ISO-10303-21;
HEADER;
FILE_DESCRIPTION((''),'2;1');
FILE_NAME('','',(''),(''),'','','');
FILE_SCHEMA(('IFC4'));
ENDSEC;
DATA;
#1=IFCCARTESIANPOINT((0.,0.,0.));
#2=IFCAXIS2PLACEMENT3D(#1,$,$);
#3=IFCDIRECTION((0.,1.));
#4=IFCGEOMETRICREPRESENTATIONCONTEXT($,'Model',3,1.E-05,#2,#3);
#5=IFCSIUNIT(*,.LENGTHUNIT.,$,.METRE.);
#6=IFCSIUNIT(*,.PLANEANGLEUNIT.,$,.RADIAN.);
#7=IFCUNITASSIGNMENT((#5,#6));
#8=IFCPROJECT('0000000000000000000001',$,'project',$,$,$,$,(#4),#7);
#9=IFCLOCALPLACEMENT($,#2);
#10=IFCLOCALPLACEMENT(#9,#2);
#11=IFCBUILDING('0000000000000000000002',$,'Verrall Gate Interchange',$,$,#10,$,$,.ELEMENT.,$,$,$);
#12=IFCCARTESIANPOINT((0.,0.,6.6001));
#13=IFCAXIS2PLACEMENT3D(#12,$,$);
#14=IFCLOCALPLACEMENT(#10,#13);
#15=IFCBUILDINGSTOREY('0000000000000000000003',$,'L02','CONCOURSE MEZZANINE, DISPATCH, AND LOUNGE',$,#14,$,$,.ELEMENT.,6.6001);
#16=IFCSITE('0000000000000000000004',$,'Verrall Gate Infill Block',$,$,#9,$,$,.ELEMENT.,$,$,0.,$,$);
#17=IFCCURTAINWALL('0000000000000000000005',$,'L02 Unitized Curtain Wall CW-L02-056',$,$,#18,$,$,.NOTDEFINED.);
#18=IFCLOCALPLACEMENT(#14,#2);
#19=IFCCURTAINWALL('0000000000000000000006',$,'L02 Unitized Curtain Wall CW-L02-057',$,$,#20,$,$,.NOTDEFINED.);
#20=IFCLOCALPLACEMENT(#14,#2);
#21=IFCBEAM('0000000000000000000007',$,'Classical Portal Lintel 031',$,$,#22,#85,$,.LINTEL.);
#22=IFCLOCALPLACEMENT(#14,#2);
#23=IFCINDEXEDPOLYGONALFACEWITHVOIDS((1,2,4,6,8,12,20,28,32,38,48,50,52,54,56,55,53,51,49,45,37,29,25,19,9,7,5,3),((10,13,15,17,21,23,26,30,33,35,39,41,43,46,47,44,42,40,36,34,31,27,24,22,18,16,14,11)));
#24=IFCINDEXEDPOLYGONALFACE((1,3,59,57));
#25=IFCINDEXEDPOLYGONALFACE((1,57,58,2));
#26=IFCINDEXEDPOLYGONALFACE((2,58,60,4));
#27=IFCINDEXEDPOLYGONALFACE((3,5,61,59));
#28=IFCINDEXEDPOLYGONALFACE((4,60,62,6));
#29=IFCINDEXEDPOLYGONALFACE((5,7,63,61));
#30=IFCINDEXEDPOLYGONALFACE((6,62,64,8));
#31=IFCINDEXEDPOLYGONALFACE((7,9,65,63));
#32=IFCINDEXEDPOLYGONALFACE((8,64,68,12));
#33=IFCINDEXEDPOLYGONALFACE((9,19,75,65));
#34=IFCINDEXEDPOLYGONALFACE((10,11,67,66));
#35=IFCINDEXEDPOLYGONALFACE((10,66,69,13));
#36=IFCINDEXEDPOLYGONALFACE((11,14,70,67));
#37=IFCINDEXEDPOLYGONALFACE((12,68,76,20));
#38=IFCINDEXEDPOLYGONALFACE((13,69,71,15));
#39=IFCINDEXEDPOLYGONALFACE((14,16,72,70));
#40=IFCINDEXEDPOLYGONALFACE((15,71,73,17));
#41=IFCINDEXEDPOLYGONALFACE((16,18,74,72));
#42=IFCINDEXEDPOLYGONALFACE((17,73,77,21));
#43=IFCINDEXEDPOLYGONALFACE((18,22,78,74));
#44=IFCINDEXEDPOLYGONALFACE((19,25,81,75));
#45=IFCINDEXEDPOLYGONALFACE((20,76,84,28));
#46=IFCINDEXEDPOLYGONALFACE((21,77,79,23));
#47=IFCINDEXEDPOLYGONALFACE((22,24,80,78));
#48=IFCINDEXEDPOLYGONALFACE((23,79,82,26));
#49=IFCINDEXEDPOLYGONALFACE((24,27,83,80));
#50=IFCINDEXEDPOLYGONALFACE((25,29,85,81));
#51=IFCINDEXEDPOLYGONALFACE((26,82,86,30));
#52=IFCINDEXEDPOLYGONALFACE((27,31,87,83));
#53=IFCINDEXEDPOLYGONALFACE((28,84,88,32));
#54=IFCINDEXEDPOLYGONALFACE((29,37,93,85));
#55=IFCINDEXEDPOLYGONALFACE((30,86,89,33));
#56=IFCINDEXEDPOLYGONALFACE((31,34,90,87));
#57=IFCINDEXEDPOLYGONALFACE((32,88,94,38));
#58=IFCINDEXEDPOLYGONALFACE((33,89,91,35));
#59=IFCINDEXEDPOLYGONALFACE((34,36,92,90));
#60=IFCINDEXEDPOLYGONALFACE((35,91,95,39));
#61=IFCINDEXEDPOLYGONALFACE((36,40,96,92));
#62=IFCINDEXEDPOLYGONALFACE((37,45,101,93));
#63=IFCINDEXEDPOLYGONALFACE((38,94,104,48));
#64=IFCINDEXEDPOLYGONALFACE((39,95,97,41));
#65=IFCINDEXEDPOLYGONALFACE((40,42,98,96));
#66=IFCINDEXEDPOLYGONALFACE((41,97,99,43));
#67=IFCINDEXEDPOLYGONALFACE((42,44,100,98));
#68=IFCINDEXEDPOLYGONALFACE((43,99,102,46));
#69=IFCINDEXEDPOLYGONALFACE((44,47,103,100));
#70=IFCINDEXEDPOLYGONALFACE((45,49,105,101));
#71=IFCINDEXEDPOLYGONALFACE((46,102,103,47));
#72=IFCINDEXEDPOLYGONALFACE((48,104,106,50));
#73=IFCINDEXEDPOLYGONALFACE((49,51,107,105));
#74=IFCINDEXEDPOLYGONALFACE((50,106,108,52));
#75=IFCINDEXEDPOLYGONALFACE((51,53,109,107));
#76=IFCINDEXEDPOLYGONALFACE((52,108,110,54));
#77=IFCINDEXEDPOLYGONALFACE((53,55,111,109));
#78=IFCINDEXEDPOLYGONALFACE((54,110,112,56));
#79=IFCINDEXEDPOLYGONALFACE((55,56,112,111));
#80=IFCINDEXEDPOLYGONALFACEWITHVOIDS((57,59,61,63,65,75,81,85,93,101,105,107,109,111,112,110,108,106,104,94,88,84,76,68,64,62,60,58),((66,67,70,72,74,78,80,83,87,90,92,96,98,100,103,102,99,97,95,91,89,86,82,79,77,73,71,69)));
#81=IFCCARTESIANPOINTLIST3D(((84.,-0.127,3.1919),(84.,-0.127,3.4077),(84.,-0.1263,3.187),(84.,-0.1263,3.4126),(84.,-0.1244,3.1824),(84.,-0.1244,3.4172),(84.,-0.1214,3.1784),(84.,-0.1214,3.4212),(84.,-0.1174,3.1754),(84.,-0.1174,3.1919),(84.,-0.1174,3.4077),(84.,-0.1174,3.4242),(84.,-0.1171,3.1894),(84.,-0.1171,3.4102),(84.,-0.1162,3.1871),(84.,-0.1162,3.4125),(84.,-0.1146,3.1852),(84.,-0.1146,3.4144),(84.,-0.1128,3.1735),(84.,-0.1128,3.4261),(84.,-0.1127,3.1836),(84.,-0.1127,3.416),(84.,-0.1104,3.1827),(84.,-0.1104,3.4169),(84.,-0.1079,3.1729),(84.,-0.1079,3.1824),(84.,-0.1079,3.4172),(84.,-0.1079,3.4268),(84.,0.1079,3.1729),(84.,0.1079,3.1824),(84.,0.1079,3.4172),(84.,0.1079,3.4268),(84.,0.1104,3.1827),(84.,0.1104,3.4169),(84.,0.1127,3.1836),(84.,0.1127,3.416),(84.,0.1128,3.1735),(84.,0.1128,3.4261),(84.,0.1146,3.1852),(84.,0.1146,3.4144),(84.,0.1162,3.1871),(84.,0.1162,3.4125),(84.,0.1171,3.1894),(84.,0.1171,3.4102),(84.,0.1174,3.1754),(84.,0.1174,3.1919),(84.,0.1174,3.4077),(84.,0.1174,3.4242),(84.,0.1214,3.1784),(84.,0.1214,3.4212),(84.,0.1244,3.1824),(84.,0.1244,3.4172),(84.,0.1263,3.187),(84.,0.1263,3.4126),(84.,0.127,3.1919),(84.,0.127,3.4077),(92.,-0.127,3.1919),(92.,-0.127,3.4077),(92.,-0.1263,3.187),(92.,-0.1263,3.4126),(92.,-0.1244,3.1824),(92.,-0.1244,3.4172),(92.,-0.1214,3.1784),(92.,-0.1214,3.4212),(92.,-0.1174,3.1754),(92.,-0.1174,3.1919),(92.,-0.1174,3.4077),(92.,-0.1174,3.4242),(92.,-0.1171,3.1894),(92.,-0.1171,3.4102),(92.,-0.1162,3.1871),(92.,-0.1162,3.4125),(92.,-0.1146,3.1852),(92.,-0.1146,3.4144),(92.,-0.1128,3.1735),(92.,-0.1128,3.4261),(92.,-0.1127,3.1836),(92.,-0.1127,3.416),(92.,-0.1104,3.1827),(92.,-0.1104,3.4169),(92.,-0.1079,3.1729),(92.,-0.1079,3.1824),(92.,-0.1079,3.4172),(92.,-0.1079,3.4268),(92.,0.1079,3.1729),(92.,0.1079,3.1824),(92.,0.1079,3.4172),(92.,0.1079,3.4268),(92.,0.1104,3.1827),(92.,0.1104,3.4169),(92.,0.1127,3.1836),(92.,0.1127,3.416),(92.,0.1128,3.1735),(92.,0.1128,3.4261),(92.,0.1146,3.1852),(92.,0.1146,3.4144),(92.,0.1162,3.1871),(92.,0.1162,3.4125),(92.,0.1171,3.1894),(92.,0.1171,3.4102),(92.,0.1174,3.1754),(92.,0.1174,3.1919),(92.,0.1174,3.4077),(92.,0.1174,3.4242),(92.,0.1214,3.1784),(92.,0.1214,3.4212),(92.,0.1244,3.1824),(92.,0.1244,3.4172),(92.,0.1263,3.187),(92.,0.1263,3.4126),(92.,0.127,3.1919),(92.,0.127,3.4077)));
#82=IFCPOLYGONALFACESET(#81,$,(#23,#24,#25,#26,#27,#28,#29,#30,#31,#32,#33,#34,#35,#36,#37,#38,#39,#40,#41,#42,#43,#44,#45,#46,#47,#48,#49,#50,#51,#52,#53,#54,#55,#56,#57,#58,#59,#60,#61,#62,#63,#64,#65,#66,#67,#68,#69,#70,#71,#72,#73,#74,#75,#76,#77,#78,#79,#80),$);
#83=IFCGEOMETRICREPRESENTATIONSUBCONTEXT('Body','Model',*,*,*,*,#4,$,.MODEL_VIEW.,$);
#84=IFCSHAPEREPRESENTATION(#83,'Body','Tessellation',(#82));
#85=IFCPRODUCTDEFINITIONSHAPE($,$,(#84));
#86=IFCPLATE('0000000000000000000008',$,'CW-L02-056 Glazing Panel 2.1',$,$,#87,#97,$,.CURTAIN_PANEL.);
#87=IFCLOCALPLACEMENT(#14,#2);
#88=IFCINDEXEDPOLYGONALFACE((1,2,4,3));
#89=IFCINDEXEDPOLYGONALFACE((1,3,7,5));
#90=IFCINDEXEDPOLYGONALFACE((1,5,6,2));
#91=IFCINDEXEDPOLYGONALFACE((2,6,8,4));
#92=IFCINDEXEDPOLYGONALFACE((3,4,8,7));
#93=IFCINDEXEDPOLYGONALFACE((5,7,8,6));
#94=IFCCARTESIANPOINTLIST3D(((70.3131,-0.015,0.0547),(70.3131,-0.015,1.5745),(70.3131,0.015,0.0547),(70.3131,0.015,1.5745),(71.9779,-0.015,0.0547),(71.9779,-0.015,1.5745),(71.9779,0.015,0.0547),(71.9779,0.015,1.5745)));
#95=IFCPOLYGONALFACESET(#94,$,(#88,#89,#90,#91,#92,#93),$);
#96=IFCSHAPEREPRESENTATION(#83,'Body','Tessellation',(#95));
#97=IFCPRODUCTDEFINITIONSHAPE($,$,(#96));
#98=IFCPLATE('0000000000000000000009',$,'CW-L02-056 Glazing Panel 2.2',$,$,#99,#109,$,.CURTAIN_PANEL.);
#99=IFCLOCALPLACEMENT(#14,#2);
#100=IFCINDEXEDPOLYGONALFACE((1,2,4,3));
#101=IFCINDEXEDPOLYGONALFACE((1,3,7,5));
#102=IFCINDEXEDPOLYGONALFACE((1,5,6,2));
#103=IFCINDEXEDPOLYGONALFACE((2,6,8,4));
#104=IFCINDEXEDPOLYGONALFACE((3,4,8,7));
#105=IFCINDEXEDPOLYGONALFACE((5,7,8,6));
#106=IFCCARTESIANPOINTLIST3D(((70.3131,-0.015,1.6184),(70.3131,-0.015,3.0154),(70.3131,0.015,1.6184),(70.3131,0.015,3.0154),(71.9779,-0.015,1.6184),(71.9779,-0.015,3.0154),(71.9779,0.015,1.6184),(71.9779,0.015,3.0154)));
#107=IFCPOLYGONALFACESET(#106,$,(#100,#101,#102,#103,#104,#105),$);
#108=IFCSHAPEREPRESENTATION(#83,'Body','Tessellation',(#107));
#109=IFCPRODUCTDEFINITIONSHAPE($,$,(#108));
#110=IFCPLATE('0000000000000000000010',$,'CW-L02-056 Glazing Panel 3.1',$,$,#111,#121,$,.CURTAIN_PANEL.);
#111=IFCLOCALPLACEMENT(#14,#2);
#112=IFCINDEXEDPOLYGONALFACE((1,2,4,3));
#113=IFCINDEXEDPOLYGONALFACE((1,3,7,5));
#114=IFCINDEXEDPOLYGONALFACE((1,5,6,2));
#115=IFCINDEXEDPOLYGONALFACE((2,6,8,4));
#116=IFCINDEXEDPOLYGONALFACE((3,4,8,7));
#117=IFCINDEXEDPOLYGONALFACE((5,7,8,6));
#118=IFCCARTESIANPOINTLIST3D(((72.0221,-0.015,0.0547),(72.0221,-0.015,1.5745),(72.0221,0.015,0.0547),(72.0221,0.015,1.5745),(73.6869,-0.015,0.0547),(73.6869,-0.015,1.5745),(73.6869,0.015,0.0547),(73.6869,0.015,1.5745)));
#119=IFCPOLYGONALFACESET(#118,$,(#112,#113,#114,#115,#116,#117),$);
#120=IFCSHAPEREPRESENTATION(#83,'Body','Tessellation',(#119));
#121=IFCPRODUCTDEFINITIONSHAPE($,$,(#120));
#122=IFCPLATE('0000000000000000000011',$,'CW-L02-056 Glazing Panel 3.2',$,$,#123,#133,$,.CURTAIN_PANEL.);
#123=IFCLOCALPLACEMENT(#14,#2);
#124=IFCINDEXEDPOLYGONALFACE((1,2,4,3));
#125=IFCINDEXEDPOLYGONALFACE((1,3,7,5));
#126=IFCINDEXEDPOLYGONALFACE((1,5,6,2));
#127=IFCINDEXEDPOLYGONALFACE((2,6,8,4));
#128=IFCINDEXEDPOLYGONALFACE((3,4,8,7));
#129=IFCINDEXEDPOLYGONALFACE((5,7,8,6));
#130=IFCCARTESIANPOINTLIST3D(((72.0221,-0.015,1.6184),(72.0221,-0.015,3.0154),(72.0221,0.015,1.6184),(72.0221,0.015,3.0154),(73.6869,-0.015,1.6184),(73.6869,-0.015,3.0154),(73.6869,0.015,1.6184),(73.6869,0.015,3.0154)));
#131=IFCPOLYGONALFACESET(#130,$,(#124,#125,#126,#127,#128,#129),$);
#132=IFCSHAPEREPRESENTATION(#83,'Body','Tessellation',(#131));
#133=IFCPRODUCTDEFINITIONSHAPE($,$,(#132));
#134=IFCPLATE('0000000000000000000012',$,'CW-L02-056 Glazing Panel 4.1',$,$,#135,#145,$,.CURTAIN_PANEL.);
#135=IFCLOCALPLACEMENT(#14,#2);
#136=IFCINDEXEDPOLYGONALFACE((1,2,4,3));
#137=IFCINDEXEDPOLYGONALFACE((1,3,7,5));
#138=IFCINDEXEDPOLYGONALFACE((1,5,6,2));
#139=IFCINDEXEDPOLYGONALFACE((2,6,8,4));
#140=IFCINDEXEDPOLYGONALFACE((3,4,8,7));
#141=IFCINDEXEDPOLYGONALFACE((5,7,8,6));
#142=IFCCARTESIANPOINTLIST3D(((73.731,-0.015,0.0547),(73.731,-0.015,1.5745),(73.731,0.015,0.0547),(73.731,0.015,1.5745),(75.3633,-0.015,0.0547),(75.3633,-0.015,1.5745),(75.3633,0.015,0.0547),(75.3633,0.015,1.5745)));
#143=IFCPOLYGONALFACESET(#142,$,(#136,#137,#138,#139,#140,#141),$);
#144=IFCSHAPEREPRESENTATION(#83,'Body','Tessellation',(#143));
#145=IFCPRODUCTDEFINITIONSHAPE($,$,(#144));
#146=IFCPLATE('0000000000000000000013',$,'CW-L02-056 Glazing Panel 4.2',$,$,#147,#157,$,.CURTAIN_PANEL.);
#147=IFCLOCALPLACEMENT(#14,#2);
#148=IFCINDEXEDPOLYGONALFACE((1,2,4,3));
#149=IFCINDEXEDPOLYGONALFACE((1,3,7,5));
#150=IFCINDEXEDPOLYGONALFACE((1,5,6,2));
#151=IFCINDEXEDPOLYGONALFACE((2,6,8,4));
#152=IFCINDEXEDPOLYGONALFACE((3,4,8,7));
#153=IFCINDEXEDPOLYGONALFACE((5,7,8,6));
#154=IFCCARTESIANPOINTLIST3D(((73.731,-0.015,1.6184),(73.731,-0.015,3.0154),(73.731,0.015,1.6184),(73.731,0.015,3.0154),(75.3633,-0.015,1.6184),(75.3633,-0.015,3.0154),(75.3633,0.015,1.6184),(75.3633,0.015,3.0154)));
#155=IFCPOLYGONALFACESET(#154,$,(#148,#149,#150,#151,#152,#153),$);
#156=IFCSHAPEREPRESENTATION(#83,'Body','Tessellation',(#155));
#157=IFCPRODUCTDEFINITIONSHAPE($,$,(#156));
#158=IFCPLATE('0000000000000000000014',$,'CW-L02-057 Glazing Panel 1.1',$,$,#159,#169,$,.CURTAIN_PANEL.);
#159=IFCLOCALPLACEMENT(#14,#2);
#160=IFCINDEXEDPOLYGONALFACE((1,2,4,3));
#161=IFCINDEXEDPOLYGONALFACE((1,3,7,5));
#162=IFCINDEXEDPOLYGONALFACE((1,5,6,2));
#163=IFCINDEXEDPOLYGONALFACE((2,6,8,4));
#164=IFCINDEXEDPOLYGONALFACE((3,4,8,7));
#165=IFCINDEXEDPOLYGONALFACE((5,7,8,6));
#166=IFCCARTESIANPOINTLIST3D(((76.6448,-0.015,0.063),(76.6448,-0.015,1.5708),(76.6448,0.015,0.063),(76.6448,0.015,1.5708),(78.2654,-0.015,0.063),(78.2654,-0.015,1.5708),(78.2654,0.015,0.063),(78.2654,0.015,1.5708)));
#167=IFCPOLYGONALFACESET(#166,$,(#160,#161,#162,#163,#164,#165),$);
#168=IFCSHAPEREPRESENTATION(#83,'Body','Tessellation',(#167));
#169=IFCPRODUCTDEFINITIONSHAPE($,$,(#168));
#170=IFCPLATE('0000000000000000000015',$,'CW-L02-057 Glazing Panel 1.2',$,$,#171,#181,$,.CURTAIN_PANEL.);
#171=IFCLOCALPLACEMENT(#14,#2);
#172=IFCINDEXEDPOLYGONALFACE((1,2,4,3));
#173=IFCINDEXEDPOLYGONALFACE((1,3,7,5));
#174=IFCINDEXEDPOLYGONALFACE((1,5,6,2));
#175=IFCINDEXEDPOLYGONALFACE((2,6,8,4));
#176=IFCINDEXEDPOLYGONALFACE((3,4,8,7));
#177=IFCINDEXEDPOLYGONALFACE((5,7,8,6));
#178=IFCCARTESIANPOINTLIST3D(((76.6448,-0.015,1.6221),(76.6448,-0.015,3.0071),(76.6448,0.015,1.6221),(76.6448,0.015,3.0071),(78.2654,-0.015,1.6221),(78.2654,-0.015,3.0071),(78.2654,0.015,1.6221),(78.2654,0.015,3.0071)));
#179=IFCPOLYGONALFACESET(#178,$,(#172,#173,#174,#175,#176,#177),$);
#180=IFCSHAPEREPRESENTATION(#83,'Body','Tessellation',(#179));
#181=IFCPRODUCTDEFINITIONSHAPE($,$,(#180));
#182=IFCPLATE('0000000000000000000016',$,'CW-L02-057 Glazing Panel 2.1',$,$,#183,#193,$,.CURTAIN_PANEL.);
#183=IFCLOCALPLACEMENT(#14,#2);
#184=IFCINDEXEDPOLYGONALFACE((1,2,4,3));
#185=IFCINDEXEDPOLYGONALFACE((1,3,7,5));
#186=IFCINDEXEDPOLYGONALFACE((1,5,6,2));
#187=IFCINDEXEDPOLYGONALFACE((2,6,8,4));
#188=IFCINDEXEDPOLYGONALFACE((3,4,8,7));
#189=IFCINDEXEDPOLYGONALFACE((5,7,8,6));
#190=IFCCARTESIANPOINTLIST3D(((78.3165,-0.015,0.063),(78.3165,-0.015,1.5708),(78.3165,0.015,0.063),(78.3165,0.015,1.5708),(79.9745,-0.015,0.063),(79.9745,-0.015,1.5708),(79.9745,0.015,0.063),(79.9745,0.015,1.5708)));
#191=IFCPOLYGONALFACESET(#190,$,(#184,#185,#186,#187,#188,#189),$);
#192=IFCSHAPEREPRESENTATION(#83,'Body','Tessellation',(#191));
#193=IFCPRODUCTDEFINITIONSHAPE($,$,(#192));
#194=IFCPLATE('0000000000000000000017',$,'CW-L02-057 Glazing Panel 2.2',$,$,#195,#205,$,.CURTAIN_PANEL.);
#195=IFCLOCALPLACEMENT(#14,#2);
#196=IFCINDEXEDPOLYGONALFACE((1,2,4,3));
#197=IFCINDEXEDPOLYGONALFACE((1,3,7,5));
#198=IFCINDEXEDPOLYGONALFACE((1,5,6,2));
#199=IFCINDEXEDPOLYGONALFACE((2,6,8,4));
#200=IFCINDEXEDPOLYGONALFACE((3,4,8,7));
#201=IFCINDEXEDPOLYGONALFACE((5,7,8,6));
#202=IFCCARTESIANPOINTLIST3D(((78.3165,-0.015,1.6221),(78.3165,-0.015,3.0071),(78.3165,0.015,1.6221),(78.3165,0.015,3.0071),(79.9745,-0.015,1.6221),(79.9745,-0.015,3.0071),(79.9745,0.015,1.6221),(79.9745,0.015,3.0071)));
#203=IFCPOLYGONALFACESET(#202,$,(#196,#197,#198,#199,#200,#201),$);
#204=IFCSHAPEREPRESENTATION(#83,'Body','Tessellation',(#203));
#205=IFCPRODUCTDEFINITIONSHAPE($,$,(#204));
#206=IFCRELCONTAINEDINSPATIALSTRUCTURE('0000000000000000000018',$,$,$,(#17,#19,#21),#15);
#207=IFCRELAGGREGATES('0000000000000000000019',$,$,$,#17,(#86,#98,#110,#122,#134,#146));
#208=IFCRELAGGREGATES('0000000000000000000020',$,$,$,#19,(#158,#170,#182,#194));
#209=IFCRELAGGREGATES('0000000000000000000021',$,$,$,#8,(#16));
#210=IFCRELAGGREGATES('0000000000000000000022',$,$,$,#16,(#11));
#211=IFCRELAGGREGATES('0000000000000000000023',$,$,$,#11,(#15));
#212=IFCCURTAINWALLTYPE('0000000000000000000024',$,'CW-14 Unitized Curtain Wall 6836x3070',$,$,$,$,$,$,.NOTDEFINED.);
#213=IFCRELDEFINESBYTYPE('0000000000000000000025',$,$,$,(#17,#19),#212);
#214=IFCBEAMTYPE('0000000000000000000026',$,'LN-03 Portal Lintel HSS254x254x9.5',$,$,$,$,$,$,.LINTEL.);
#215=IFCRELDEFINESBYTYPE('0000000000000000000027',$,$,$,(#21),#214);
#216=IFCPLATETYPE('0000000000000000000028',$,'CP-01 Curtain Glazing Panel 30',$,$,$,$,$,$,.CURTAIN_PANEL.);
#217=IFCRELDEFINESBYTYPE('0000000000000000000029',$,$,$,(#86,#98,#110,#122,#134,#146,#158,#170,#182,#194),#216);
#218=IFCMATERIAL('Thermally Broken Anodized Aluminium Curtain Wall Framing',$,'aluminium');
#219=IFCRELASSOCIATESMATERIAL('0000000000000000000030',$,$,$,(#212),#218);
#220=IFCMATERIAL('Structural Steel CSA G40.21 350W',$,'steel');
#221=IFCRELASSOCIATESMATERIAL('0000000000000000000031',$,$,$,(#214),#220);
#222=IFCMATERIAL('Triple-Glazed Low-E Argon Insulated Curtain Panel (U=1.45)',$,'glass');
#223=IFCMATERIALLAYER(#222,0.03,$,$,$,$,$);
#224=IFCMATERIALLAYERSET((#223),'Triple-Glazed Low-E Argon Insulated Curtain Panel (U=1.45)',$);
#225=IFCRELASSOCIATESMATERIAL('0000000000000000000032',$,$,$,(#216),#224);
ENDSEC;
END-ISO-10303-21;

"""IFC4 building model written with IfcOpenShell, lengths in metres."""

from ifc_helpers import new_model, si_unit, direction, frame, origin, origin_2d, place, context, subcontext, project, spatial, rectangle, hollow_rectangle, extrude, material, layer, layer_set, material_profile, profile_set, type_object, element, aggregate, save


model = new_model("IFC4")

# Units and contexts
model_context = context("Model", 3, precision=1e-05, world=origin(), true_north=direction((0.0, 1.0)))
body_context = subcontext(model_context, "Body", "Model", "MODEL_VIEW")
ifc_project = project(units=[si_unit("LENGTHUNIT", "METRE"), si_unit("PLANEANGLEUNIT", "RADIAN")], contexts=[model_context])

# Site, building, storey
site_placement = place(None, origin())
site = spatial("IfcSite", under=ifc_project, at=site_placement, Name="Verrall Gate Infill Block", CompositionType="ELEMENT", RefElevation=0.0)
building_placement = place(site_placement, origin())
building = spatial("IfcBuilding", under=site, at=building_placement, Name="Verrall Gate Interchange", CompositionType="ELEMENT")
storey_placement = place(building_placement, frame((0.0, 0.0, 6.6001)))
storey = spatial("IfcBuildingStorey", under=building, at=storey_placement, Name="L02", Description="CONCOURSE MEZZANINE, DISPATCH, AND LOUNGE", CompositionType="ELEMENT", Elevation=6.6001)

# Curtain walls
ifc_material_1 = material(Name="Thermally Broken Anodized Aluminium Curtain Wall Framing", Category="aluminium")
curtain_wall_type = type_object("IfcCurtainWallType", Name="CW-14 Unitized Curtain Wall 6836x3070", PredefinedType="NOTDEFINED", material=ifc_material_1)
curtain_wall_1_placement = place(storey_placement, origin())
curtain_wall_1 = element("IfcCurtainWall", 1, at=curtain_wall_1_placement, inside=storey, type_object=curtain_wall_type, Name="L02 Unitized Curtain Wall CW-L02-056", PredefinedType="NOTDEFINED")
curtain_wall_2_placement = place(storey_placement, origin())
curtain_wall_2 = element("IfcCurtainWall", 2, at=curtain_wall_2_placement, inside=storey, type_object=curtain_wall_type, Name="L02 Unitized Curtain Wall CW-L02-057", PredefinedType="NOTDEFINED")

# Beam
ifc_material_2 = material(Name="Structural Steel CSA G40.21 350W", Category="steel")
ifc_material_profile_1 = material_profile(ifc_material_2, hollow_rectangle(XDim=0.2539, YDim=0.2539, WallThickness=0.0095, InnerFilletRadius=0.0095, OuterFilletRadius=0.019, at=origin_2d()), Name="HSS254x254x9.5")
ifc_profile_set_1 = profile_set([ifc_material_profile_1], Name="Structural Steel CSA G40.21 350W")
beam_type_1 = type_object("IfcBeamType", Name="LN-03 Portal Lintel HSS254x254x9.5", PredefinedType="LINTEL", material=ifc_profile_set_1)
beam_1_placement = place(storey_placement, frame((84.0, 0.0, 3.2998), z_axis=(1.0, 0.0, 0.0), x_axis=(0.0, 1.0, 0.0)))
element("IfcBeam", 3, at=beam_1_placement, inside=storey, type_object=beam_type_1, Name="Classical Portal Lintel 031", PredefinedType="LINTEL", context=body_context, shape_type="SweptSolid", body=[
    extrude(hollow_rectangle(XDim=0.2539, YDim=0.2539, WallThickness=0.0095, InnerFilletRadius=0.0095, OuterFilletRadius=0.019, at=origin_2d()), origin(), (0.0, 0.0, 1.0), 8.0),
])

# Plates
ifc_material_3 = material(Name="Triple-Glazed Low-E Argon Insulated Curtain Panel (U=1.45)", Category="glass")
ifc_layer = layer(ifc_material_3, 0.03)
ifc_layer_set = layer_set([ifc_layer], Name="Triple-Glazed Low-E Argon Insulated Curtain Panel (U=1.45)")
plate_type = type_object("IfcPlateType", Name="CP-01 Curtain Glazing Panel 30", PredefinedType="CURTAIN_PANEL", material=ifc_layer_set)
plate_1_placement = place(storey_placement, frame((71.1455, 0.0, 0.0547), z_axis=(0.0, 0.0, 1.0), x_axis=(1.0, 0.0, 0.0)))
plate_1 = element("IfcPlate", 4, at=plate_1_placement, type_object=plate_type, Name="CW-L02-056 Glazing Panel 2.1", PredefinedType="CURTAIN_PANEL", context=body_context, shape_type="SweptSolid", body=[
    extrude(rectangle(XDim=1.6648, YDim=0.03, at=origin_2d()), origin(), (0.0, 0.0, 1.0), 1.5198),
])
plate_2_placement = place(storey_placement, frame((71.1455, 0.0, 1.6184), z_axis=(0.0, 0.0, 1.0), x_axis=(1.0, 0.0, 0.0)))
plate_2 = element("IfcPlate", 5, at=plate_2_placement, type_object=plate_type, Name="CW-L02-056 Glazing Panel 2.2", PredefinedType="CURTAIN_PANEL", context=body_context, shape_type="SweptSolid", body=[
    extrude(rectangle(XDim=1.6648, YDim=0.03, at=origin_2d()), origin(), (0.0, 0.0, 1.0), 1.397),
])
plate_3_placement = place(storey_placement, frame((72.8545, 0.0, 0.0547), z_axis=(0.0, 0.0, 1.0), x_axis=(1.0, 0.0, 0.0)))
plate_3 = element("IfcPlate", 6, at=plate_3_placement, type_object=plate_type, Name="CW-L02-056 Glazing Panel 3.1", PredefinedType="CURTAIN_PANEL", context=body_context, shape_type="SweptSolid", body=[
    extrude(rectangle(XDim=1.6648, YDim=0.03, at=origin_2d()), origin(), (0.0, 0.0, 1.0), 1.5198),
])
plate_4_placement = place(storey_placement, frame((72.8545, 0.0, 1.6184), z_axis=(0.0, 0.0, 1.0), x_axis=(1.0, 0.0, 0.0)))
plate_4 = element("IfcPlate", 7, at=plate_4_placement, type_object=plate_type, Name="CW-L02-056 Glazing Panel 3.2", PredefinedType="CURTAIN_PANEL", context=body_context, shape_type="SweptSolid", body=[
    extrude(rectangle(XDim=1.6648, YDim=0.03, at=origin_2d()), origin(), (0.0, 0.0, 1.0), 1.397),
])
plate_5_placement = place(storey_placement, frame((74.5471, 0.0, 0.0547), z_axis=(0.0, 0.0, 1.0), x_axis=(1.0, 0.0, 0.0)))
plate_5 = element("IfcPlate", 8, at=plate_5_placement, type_object=plate_type, Name="CW-L02-056 Glazing Panel 4.1", PredefinedType="CURTAIN_PANEL", context=body_context, shape_type="SweptSolid", body=[
    extrude(rectangle(XDim=1.6323, YDim=0.03, at=origin_2d()), origin(), (0.0, 0.0, 1.0), 1.5198),
])
plate_6_placement = place(storey_placement, frame((74.5471, 0.0, 1.6184), z_axis=(0.0, 0.0, 1.0), x_axis=(1.0, 0.0, 0.0)))
plate_6 = element("IfcPlate", 9, at=plate_6_placement, type_object=plate_type, Name="CW-L02-056 Glazing Panel 4.2", PredefinedType="CURTAIN_PANEL", context=body_context, shape_type="SweptSolid", body=[
    extrude(rectangle(XDim=1.6323, YDim=0.03, at=origin_2d()), origin(), (0.0, 0.0, 1.0), 1.397),
])
aggregate(curtain_wall_1, [plate_1, plate_2, plate_3, plate_4, plate_5, plate_6])
plate_7_placement = place(storey_placement, frame((77.4551, 0.0, 0.063), z_axis=(0.0, 0.0, 1.0), x_axis=(1.0, 0.0, 0.0)))
plate_7 = element("IfcPlate", 10, at=plate_7_placement, type_object=plate_type, Name="CW-L02-057 Glazing Panel 1.1", PredefinedType="CURTAIN_PANEL", context=body_context, shape_type="SweptSolid", body=[
    extrude(rectangle(XDim=1.6206, YDim=0.03, at=origin_2d()), origin(), (0.0, 0.0, 1.0), 1.5078),
])
plate_8_placement = place(storey_placement, frame((77.4551, 0.0, 1.6221), z_axis=(0.0, 0.0, 1.0), x_axis=(1.0, 0.0, 0.0)))
plate_8 = element("IfcPlate", 11, at=plate_8_placement, type_object=plate_type, Name="CW-L02-057 Glazing Panel 1.2", PredefinedType="CURTAIN_PANEL", context=body_context, shape_type="SweptSolid", body=[
    extrude(rectangle(XDim=1.6206, YDim=0.03, at=origin_2d()), origin(), (0.0, 0.0, 1.0), 1.385),
])
plate_9_placement = place(storey_placement, frame((79.1455, 0.0, 0.063), z_axis=(0.0, 0.0, 1.0), x_axis=(1.0, 0.0, 0.0)))
plate_9 = element("IfcPlate", 12, at=plate_9_placement, type_object=plate_type, Name="CW-L02-057 Glazing Panel 2.1", PredefinedType="CURTAIN_PANEL", context=body_context, shape_type="SweptSolid", body=[
    extrude(rectangle(XDim=1.658, YDim=0.03, at=origin_2d()), origin(), (0.0, 0.0, 1.0), 1.5078),
])
plate_10_placement = place(storey_placement, frame((79.1455, 0.0, 1.6221), z_axis=(0.0, 0.0, 1.0), x_axis=(1.0, 0.0, 0.0)))
plate_10 = element("IfcPlate", 13, at=plate_10_placement, type_object=plate_type, Name="CW-L02-057 Glazing Panel 2.2", PredefinedType="CURTAIN_PANEL", context=body_context, shape_type="SweptSolid", body=[
    extrude(rectangle(XDim=1.658, YDim=0.03, at=origin_2d()), origin(), (0.0, 0.0, 1.0), 1.385),
])
aggregate(curtain_wall_2, [plate_7, plate_8, plate_9, plate_10])

save(model, "model.ifc")
